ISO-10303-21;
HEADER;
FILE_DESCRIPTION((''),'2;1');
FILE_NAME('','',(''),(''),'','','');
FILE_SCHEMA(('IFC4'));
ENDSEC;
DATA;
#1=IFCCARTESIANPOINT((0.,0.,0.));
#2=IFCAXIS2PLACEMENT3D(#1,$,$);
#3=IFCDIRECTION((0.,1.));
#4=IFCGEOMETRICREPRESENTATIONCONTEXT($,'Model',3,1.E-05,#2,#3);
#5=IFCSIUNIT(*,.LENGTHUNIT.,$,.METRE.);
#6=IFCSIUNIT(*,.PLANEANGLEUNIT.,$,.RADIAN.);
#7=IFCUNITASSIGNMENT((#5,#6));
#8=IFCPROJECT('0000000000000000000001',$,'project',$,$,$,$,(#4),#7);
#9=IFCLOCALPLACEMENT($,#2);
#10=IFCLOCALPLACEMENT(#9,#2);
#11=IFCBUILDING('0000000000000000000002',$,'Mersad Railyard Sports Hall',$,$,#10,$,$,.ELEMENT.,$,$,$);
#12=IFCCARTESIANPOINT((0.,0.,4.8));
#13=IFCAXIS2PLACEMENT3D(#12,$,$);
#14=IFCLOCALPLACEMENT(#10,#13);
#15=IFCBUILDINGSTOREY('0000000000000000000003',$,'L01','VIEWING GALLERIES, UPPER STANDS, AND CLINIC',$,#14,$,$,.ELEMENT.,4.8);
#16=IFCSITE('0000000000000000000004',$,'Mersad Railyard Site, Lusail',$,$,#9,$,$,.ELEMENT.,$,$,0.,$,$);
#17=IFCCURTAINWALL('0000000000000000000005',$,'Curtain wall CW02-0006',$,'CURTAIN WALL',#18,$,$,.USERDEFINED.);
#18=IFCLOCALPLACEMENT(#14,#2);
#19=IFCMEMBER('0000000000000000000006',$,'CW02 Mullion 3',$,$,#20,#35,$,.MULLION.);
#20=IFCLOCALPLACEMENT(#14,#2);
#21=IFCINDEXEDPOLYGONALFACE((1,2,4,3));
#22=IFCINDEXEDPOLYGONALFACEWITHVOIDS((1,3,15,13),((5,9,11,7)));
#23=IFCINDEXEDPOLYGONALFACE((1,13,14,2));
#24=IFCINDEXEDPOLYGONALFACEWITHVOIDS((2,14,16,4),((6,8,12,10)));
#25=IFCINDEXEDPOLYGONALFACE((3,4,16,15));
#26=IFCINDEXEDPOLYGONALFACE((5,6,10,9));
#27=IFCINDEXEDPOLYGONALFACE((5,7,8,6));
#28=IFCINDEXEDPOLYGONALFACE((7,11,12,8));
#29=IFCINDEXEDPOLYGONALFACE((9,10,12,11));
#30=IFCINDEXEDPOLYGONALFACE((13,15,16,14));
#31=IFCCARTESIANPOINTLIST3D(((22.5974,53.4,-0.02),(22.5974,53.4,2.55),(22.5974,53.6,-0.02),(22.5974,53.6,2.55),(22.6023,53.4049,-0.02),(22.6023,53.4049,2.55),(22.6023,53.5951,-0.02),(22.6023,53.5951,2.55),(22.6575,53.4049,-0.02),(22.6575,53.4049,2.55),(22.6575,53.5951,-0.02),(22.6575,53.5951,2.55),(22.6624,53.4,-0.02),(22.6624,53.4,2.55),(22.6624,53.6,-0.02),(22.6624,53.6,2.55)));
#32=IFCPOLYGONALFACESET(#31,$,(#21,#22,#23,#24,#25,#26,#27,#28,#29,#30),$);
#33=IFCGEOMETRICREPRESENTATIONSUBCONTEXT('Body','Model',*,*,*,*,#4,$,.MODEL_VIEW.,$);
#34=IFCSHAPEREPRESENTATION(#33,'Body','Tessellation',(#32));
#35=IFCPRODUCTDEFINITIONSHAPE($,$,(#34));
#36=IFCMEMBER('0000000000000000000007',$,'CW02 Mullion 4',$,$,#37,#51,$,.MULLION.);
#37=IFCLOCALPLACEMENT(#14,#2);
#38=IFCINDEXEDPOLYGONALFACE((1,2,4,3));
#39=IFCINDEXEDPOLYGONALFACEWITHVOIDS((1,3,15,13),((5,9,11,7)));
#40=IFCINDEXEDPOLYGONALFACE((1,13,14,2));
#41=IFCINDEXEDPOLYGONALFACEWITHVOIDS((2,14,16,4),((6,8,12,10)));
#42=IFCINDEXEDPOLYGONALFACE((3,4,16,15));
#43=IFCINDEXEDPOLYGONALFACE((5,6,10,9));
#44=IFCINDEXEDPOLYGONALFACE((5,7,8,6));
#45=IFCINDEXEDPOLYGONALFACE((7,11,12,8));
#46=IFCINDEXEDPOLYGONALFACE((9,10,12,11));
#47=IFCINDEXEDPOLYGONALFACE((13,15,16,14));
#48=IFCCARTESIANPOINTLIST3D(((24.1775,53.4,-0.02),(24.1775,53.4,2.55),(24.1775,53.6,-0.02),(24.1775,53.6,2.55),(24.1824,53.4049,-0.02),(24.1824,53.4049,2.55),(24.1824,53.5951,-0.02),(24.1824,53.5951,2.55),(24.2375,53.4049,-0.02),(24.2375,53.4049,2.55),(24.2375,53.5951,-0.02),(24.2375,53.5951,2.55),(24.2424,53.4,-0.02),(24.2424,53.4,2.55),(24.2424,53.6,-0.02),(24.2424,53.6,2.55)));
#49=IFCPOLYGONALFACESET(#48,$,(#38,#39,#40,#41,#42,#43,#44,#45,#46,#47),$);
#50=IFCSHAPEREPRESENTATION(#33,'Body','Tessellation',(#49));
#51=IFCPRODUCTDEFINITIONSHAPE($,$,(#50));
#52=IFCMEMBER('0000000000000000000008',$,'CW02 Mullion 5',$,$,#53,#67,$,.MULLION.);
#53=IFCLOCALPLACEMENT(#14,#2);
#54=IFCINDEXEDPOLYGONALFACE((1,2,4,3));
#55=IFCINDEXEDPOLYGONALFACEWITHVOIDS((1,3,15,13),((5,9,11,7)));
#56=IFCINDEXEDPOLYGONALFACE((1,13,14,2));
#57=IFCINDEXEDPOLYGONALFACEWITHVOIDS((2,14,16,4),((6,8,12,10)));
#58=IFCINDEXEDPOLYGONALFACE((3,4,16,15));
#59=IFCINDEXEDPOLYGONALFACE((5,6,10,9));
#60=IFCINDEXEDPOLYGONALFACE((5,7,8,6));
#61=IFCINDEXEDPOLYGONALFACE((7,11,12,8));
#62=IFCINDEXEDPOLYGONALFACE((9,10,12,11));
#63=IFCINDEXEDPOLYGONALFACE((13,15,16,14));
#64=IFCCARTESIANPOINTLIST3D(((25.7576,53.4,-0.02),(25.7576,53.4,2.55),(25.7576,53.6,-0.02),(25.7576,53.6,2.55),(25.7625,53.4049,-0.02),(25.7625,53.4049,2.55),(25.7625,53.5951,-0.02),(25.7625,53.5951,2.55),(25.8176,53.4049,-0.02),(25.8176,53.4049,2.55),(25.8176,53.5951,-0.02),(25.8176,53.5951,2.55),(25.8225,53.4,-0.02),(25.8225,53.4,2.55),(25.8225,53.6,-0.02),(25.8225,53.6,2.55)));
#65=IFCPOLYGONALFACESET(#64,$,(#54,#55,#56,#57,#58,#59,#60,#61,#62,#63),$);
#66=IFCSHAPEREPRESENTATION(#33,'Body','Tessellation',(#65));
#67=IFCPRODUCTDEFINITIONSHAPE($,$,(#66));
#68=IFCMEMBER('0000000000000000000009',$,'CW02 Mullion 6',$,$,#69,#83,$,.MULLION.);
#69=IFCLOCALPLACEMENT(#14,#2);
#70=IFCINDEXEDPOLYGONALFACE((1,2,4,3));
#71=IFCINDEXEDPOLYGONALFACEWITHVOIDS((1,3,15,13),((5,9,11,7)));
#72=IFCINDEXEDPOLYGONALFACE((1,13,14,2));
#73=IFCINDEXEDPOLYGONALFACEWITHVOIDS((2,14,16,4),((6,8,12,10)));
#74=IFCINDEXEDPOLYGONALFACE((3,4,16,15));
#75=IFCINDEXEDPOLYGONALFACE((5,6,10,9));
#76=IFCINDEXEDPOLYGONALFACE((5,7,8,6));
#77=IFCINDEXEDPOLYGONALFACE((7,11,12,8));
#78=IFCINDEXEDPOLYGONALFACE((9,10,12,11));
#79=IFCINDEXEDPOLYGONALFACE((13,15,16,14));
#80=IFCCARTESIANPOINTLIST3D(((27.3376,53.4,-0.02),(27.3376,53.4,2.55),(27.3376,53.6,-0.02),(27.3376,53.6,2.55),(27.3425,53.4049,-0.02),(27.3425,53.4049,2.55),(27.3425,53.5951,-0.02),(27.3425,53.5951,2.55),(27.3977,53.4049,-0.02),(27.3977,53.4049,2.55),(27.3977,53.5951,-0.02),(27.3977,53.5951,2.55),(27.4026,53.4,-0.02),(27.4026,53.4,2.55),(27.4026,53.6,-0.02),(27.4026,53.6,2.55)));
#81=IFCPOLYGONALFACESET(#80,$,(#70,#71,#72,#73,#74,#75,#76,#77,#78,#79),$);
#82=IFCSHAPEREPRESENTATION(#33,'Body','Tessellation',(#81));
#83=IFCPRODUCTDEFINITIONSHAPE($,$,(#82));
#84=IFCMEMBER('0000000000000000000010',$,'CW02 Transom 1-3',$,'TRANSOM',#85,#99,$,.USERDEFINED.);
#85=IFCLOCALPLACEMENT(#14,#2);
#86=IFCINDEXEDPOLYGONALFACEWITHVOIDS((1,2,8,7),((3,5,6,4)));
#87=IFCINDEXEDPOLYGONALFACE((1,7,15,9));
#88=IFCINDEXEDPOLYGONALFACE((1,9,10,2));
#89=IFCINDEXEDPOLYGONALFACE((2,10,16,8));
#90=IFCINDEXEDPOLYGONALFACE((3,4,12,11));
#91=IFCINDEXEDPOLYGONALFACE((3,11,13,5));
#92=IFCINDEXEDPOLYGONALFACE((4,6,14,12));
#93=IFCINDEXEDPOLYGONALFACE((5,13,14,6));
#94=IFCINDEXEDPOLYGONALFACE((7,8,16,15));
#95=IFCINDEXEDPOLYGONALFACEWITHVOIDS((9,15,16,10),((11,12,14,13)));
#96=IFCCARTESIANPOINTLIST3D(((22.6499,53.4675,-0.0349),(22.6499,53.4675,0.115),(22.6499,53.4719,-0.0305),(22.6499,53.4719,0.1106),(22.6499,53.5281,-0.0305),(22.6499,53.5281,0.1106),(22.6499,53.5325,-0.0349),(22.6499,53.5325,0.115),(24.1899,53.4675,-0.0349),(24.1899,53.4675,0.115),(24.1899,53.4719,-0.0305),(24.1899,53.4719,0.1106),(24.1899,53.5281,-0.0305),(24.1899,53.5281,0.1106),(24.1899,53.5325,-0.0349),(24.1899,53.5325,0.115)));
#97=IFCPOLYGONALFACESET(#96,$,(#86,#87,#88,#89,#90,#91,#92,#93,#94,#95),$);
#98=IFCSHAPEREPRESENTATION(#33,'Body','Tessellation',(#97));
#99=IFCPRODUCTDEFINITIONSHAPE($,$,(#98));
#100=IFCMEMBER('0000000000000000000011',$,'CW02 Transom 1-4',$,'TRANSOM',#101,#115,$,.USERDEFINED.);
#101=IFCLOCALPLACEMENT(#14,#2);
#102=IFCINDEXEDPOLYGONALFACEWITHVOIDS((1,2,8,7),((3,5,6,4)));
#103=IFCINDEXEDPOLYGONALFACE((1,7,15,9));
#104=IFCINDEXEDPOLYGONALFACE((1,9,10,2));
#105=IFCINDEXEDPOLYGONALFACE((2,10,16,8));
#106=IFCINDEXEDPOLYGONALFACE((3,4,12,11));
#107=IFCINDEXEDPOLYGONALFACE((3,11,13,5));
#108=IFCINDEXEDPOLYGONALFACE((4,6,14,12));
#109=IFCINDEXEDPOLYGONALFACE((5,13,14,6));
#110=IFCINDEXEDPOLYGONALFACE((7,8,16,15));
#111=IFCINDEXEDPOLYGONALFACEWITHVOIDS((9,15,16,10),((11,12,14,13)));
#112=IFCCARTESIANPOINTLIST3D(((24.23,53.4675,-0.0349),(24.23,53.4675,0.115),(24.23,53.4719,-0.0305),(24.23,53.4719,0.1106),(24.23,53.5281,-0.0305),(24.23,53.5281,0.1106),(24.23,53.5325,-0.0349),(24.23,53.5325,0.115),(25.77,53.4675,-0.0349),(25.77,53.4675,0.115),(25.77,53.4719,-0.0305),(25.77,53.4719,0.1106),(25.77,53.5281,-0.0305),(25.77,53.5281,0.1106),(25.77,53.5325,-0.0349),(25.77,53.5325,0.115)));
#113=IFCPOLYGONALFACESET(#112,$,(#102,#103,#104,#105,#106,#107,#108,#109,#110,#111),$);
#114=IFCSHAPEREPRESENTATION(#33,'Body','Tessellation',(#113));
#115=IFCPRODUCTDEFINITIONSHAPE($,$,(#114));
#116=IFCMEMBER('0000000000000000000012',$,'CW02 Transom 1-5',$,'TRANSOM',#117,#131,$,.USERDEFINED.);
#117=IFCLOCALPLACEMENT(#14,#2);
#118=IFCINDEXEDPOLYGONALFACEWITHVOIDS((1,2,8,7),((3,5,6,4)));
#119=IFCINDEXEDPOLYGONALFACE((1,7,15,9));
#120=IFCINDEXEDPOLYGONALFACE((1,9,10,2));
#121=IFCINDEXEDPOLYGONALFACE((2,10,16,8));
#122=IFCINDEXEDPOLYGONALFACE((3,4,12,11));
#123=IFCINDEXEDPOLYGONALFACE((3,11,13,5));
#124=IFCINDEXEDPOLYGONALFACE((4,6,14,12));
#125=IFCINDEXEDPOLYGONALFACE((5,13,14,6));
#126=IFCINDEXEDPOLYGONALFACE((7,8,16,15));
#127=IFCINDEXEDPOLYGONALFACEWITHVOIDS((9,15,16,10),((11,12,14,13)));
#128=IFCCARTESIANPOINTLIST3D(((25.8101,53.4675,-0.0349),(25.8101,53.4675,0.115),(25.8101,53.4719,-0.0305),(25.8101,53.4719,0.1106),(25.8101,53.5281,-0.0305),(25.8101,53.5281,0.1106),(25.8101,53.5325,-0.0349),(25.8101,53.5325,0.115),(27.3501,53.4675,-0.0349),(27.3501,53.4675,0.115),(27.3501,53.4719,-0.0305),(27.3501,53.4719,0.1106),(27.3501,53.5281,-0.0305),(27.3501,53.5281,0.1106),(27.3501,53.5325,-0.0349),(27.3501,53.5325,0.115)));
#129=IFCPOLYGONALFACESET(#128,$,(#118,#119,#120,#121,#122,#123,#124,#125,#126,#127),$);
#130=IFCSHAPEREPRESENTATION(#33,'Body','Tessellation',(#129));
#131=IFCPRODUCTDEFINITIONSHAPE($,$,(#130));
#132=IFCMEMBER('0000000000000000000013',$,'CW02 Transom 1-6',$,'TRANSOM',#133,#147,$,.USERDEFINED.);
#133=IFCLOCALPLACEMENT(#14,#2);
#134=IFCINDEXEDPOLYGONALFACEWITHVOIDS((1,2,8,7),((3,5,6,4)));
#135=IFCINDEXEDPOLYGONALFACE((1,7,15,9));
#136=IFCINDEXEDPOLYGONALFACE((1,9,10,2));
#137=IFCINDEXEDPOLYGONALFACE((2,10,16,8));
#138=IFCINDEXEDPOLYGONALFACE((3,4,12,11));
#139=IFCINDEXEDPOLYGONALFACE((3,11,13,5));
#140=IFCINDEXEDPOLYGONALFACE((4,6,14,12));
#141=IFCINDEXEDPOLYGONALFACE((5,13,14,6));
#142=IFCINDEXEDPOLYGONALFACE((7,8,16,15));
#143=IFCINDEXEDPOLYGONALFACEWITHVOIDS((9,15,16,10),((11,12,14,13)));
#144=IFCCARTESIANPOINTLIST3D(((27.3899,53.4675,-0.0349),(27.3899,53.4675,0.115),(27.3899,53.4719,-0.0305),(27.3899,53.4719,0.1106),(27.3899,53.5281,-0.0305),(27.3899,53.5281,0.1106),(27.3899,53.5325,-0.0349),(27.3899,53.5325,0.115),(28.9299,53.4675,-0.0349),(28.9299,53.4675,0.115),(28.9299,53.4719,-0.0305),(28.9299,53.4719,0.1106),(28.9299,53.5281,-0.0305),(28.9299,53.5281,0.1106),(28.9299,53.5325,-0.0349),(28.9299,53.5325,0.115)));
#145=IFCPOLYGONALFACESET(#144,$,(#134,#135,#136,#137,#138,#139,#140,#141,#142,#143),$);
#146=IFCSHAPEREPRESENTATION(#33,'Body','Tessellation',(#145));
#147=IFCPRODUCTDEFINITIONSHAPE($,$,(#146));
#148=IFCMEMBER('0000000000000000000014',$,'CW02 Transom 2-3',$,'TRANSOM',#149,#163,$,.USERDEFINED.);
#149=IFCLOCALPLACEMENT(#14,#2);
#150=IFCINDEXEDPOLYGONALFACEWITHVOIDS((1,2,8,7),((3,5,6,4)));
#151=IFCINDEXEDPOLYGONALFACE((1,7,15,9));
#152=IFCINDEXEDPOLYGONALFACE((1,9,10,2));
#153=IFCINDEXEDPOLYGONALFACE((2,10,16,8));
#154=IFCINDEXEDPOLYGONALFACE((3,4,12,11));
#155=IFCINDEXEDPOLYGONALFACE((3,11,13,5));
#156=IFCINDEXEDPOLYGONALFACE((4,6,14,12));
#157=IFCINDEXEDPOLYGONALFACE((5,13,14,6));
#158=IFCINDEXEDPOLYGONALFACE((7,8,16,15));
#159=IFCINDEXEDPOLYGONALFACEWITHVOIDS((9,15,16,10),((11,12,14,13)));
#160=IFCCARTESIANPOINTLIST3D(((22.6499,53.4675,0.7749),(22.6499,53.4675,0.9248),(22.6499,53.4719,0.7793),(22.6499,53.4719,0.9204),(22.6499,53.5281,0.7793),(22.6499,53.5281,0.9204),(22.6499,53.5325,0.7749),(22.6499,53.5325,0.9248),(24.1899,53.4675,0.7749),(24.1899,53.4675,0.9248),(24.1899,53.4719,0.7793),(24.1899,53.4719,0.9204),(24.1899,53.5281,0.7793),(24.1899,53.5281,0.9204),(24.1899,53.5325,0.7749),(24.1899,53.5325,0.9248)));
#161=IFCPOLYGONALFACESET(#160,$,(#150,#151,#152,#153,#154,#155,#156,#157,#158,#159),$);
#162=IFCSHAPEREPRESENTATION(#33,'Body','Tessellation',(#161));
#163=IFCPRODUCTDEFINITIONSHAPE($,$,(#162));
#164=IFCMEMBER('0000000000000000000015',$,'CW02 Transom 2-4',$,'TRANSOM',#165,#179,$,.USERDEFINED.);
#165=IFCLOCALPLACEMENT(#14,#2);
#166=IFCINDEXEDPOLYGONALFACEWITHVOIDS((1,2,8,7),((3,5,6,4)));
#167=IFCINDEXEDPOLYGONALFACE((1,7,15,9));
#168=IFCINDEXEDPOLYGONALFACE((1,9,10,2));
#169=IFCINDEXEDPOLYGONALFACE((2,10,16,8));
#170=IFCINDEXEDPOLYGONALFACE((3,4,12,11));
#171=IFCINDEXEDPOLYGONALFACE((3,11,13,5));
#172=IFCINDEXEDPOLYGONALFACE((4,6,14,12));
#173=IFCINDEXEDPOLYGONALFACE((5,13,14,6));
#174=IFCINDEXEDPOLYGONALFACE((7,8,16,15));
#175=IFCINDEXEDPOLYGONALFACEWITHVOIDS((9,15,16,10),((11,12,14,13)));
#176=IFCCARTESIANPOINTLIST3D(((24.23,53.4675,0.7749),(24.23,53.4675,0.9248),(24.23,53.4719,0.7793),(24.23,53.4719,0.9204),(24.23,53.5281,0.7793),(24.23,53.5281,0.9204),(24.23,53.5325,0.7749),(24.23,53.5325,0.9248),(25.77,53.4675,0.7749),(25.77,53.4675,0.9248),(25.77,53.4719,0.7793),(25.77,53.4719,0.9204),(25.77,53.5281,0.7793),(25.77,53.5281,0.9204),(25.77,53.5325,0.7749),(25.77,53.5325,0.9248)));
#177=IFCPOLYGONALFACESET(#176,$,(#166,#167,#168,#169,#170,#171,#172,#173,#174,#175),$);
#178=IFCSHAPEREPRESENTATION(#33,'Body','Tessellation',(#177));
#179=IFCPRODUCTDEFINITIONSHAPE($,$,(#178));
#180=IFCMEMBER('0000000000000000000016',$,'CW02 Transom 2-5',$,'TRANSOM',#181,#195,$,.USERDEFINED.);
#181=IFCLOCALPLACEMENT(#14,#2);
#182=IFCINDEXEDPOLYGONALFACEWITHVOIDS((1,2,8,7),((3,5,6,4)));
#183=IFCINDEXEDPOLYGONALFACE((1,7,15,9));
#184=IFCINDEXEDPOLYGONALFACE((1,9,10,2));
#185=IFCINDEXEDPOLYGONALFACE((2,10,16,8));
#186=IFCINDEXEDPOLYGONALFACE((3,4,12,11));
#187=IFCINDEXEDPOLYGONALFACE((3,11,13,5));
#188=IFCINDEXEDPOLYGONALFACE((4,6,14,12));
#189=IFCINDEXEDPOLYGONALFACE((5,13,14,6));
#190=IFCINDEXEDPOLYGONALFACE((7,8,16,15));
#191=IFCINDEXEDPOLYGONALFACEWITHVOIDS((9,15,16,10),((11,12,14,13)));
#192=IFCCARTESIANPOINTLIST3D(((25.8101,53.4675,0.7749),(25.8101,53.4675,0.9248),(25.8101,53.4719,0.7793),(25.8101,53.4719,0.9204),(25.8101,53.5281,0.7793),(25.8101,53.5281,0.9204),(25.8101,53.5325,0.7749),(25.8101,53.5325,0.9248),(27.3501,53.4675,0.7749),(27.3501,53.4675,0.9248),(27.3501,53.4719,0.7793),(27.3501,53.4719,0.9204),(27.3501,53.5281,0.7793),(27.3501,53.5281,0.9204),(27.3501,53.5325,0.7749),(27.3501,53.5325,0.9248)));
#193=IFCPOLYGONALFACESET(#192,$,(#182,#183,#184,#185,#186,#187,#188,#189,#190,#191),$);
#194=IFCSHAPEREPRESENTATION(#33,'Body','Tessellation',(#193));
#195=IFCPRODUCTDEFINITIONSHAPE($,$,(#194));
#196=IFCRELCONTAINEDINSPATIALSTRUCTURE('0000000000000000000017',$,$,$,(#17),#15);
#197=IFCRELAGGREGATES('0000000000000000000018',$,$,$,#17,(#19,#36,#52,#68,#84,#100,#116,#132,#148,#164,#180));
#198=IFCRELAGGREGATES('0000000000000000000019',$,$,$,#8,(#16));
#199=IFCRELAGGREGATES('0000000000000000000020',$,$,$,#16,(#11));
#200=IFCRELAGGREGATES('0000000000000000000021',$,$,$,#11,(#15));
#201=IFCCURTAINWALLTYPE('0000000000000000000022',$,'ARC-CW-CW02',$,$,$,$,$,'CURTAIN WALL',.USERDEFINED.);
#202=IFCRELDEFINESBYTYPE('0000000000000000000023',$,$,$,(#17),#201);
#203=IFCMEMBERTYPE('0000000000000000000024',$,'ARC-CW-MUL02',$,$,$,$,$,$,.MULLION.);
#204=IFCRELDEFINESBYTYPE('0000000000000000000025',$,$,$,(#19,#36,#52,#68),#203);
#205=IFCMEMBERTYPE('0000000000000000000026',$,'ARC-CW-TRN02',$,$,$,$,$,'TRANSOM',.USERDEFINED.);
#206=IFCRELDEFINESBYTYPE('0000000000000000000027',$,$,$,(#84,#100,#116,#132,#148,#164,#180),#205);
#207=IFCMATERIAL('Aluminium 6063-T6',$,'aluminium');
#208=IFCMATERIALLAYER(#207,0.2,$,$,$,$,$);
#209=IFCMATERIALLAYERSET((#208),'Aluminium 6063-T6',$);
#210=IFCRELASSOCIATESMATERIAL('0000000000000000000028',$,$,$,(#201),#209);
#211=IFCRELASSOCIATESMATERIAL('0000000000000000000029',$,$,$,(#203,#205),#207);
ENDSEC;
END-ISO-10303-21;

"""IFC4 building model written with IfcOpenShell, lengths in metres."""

from ifc_helpers import new_model, si_unit, direction, frame, origin, origin_2d, place, context, subcontext, project, spatial, hollow_rectangle, extrude, material, layer, layer_set, material_profile, profile_set, type_object, element, aggregate, save


model = new_model("IFC4")

# Units and contexts
model_context = context("Model", 3, precision=1e-05, world=origin(), true_north=direction((0.0, 1.0)))
body_context = subcontext(model_context, "Body", "Model", "MODEL_VIEW")
ifc_project = project(units=[si_unit("LENGTHUNIT", "METRE"), si_unit("PLANEANGLEUNIT", "RADIAN")], contexts=[model_context])

# Site, building, storey
site_placement = place(None, origin())
site = spatial("IfcSite", under=ifc_project, at=site_placement, Name="Mersad Railyard Site, Lusail", CompositionType="ELEMENT", RefElevation=0.0)
building_placement = place(site_placement, origin())
building = spatial("IfcBuilding", under=site, at=building_placement, Name="Mersad Railyard Sports Hall", CompositionType="ELEMENT")
storey_placement = place(building_placement, frame((0.0, 0.0, 4.8)))
storey = spatial("IfcBuildingStorey", under=building, at=storey_placement, Name="L01", Description="VIEWING GALLERIES, UPPER STANDS, AND CLINIC", CompositionType="ELEMENT", Elevation=4.8)

# Curtain wall, members
ifc_material_1 = material(Name="Aluminium 6063-T6", Category="aluminium")
ifc_layer_1 = layer(ifc_material_1, 0.2)
ifc_layer_set_1 = layer_set([ifc_layer_1], Name="Aluminium 6063-T6")
curtain_wall_type = type_object("IfcCurtainWallType", Name="ARC-CW-CW02", ElementType="CURTAIN WALL", PredefinedType="USERDEFINED", material=ifc_layer_set_1)
curtain_wall_placement = place(storey_placement, origin())
curtain_wall = element("IfcCurtainWall", 1, at=curtain_wall_placement, inside=storey, type_object=curtain_wall_type, Name="Curtain wall CW02-0006", ObjectType="CURTAIN WALL", PredefinedType="USERDEFINED")
ifc_material_profile_1 = material_profile(ifc_material_1, hollow_rectangle(XDim=0.0649, YDim=0.2, WallThickness=0.0049, at=origin_2d()), Name="AL MULLION 65x200x5")
ifc_profile_set_1 = profile_set([ifc_material_profile_1], Name="Aluminium 6063-T6")
member_type_1 = type_object("IfcMemberType", Name="ARC-CW-MUL02", PredefinedType="MULLION", material=ifc_profile_set_1)
member_1_placement = place(storey_placement, frame((22.6299, 53.5, -0.02), z_axis=(0.0, 0.0, 1.0), x_axis=(1.0, 0.0, 0.0)))
member_1 = element("IfcMember", 2, at=member_1_placement, type_object=member_type_1, Name="CW02 Mullion 3", PredefinedType="MULLION", context=body_context, shape_type="SweptSolid", body=[
    extrude(hollow_rectangle(XDim=0.0649, YDim=0.2, WallThickness=0.0049, at=origin_2d()), origin(), (0.0, 0.0, 1.0), 2.5701),
])
member_2_placement = place(storey_placement, frame((24.21, 53.5, -0.02), z_axis=(0.0, 0.0, 1.0), x_axis=(1.0, 0.0, 0.0)))
member_2 = element("IfcMember", 3, at=member_2_placement, type_object=member_type_1, Name="CW02 Mullion 4", PredefinedType="MULLION", context=body_context, shape_type="SweptSolid", body=[
    extrude(hollow_rectangle(XDim=0.0649, YDim=0.2, WallThickness=0.0049, at=origin_2d()), origin(), (0.0, 0.0, 1.0), 2.5701),
])
member_3_placement = place(storey_placement, frame((25.79, 53.5, -0.02), z_axis=(0.0, 0.0, 1.0), x_axis=(1.0, 0.0, 0.0)))
member_3 = element("IfcMember", 4, at=member_3_placement, type_object=member_type_1, Name="CW02 Mullion 5", PredefinedType="MULLION", context=body_context, shape_type="SweptSolid", body=[
    extrude(hollow_rectangle(XDim=0.0649, YDim=0.2, WallThickness=0.0049, at=origin_2d()), origin(), (0.0, 0.0, 1.0), 2.5701),
])
member_4_placement = place(storey_placement, frame((27.3701, 53.5, -0.02), z_axis=(0.0, 0.0, 1.0), x_axis=(1.0, 0.0, 0.0)))
member_4 = element("IfcMember", 5, at=member_4_placement, type_object=member_type_1, Name="CW02 Mullion 6", PredefinedType="MULLION", context=body_context, shape_type="SweptSolid", body=[
    extrude(hollow_rectangle(XDim=0.0649, YDim=0.2, WallThickness=0.0049, at=origin_2d()), origin(), (0.0, 0.0, 1.0), 2.5701),
])
ifc_material_profile_2 = material_profile(ifc_material_1, hollow_rectangle(XDim=0.0649, YDim=0.1499, WallThickness=0.0044, at=origin_2d()), Name="AL TRANSOM 65x150x4.5")
ifc_profile_set_2 = profile_set([ifc_material_profile_2], Name="Aluminium 6063-T6")
member_type_2 = type_object("IfcMemberType", Name="ARC-CW-TRN02", ElementType="TRANSOM", PredefinedType="USERDEFINED", material=ifc_profile_set_2)
member_5_placement = place(storey_placement, frame((22.6499, 53.5, 0.04), z_axis=(1.0, 0.0, 0.0), x_axis=(0.0, 1.0, 0.0)))
member_5 = element("IfcMember", 6, at=member_5_placement, type_object=member_type_2, Name="CW02 Transom 1-3", ObjectType="TRANSOM", PredefinedType="USERDEFINED", context=body_context, shape_type="SweptSolid", body=[
    extrude(hollow_rectangle(XDim=0.0649, YDim=0.1499, WallThickness=0.0044, at=origin_2d()), origin(), (0.0, 0.0, 1.0), 1.54),
])
member_6_placement = place(storey_placement, frame((24.23, 53.5, 0.04), z_axis=(1.0, 0.0, 0.0), x_axis=(0.0, 1.0, 0.0)))
member_6 = element("IfcMember", 7, at=member_6_placement, type_object=member_type_2, Name="CW02 Transom 1-4", ObjectType="TRANSOM", PredefinedType="USERDEFINED", context=body_context, shape_type="SweptSolid", body=[
    extrude(hollow_rectangle(XDim=0.0649, YDim=0.1499, WallThickness=0.0044, at=origin_2d()), origin(), (0.0, 0.0, 1.0), 1.54),
])
member_7_placement = place(storey_placement, frame((25.8101, 53.5, 0.04), z_axis=(1.0, 0.0, 0.0), x_axis=(0.0, 1.0, 0.0)))
member_7 = element("IfcMember", 8, at=member_7_placement, type_object=member_type_2, Name="CW02 Transom 1-5", ObjectType="TRANSOM", PredefinedType="USERDEFINED", context=body_context, shape_type="SweptSolid", body=[
    extrude(hollow_rectangle(XDim=0.0649, YDim=0.1499, WallThickness=0.0044, at=origin_2d()), origin(), (0.0, 0.0, 1.0), 1.54),
])
member_8_placement = place(storey_placement, frame((27.3899, 53.5, 0.04), z_axis=(1.0, 0.0, 0.0), x_axis=(0.0, 1.0, 0.0)))
member_8 = element("IfcMember", 9, at=member_8_placement, type_object=member_type_2, Name="CW02 Transom 1-6", ObjectType="TRANSOM", PredefinedType="USERDEFINED", context=body_context, shape_type="SweptSolid", body=[
    extrude(hollow_rectangle(XDim=0.0649, YDim=0.1499, WallThickness=0.0044, at=origin_2d()), origin(), (0.0, 0.0, 1.0), 1.54),
])
member_9_placement = place(storey_placement, frame((22.6499, 53.5, 0.8499), z_axis=(1.0, 0.0, 0.0), x_axis=(0.0, 1.0, 0.0)))
member_9 = element("IfcMember", 10, at=member_9_placement, type_object=member_type_2, Name="CW02 Transom 2-3", ObjectType="TRANSOM", PredefinedType="USERDEFINED", context=body_context, shape_type="SweptSolid", body=[
    extrude(hollow_rectangle(XDim=0.0649, YDim=0.1499, WallThickness=0.0044, at=origin_2d()), origin(), (0.0, 0.0, 1.0), 1.54),
])
member_10_placement = place(storey_placement, frame((24.23, 53.5, 0.8499), z_axis=(1.0, 0.0, 0.0), x_axis=(0.0, 1.0, 0.0)))
member_10 = element("IfcMember", 11, at=member_10_placement, type_object=member_type_2, Name="CW02 Transom 2-4", ObjectType="TRANSOM", PredefinedType="USERDEFINED", context=body_context, shape_type="SweptSolid", body=[
    extrude(hollow_rectangle(XDim=0.0649, YDim=0.1499, WallThickness=0.0044, at=origin_2d()), origin(), (0.0, 0.0, 1.0), 1.54),
])
member_11_placement = place(storey_placement, frame((25.8101, 53.5, 0.8499), z_axis=(1.0, 0.0, 0.0), x_axis=(0.0, 1.0, 0.0)))
member_11 = element("IfcMember", 12, at=member_11_placement, type_object=member_type_2, Name="CW02 Transom 2-5", ObjectType="TRANSOM", PredefinedType="USERDEFINED", context=body_context, shape_type="SweptSolid", body=[
    extrude(hollow_rectangle(XDim=0.0649, YDim=0.1499, WallThickness=0.0044, at=origin_2d()), origin(), (0.0, 0.0, 1.0), 1.54),
])

aggregate(curtain_wall, [member_1, member_2, member_3, member_4, member_5, member_6, member_7, member_8, member_9, member_10, member_11])

save(model, "model.ifc")
